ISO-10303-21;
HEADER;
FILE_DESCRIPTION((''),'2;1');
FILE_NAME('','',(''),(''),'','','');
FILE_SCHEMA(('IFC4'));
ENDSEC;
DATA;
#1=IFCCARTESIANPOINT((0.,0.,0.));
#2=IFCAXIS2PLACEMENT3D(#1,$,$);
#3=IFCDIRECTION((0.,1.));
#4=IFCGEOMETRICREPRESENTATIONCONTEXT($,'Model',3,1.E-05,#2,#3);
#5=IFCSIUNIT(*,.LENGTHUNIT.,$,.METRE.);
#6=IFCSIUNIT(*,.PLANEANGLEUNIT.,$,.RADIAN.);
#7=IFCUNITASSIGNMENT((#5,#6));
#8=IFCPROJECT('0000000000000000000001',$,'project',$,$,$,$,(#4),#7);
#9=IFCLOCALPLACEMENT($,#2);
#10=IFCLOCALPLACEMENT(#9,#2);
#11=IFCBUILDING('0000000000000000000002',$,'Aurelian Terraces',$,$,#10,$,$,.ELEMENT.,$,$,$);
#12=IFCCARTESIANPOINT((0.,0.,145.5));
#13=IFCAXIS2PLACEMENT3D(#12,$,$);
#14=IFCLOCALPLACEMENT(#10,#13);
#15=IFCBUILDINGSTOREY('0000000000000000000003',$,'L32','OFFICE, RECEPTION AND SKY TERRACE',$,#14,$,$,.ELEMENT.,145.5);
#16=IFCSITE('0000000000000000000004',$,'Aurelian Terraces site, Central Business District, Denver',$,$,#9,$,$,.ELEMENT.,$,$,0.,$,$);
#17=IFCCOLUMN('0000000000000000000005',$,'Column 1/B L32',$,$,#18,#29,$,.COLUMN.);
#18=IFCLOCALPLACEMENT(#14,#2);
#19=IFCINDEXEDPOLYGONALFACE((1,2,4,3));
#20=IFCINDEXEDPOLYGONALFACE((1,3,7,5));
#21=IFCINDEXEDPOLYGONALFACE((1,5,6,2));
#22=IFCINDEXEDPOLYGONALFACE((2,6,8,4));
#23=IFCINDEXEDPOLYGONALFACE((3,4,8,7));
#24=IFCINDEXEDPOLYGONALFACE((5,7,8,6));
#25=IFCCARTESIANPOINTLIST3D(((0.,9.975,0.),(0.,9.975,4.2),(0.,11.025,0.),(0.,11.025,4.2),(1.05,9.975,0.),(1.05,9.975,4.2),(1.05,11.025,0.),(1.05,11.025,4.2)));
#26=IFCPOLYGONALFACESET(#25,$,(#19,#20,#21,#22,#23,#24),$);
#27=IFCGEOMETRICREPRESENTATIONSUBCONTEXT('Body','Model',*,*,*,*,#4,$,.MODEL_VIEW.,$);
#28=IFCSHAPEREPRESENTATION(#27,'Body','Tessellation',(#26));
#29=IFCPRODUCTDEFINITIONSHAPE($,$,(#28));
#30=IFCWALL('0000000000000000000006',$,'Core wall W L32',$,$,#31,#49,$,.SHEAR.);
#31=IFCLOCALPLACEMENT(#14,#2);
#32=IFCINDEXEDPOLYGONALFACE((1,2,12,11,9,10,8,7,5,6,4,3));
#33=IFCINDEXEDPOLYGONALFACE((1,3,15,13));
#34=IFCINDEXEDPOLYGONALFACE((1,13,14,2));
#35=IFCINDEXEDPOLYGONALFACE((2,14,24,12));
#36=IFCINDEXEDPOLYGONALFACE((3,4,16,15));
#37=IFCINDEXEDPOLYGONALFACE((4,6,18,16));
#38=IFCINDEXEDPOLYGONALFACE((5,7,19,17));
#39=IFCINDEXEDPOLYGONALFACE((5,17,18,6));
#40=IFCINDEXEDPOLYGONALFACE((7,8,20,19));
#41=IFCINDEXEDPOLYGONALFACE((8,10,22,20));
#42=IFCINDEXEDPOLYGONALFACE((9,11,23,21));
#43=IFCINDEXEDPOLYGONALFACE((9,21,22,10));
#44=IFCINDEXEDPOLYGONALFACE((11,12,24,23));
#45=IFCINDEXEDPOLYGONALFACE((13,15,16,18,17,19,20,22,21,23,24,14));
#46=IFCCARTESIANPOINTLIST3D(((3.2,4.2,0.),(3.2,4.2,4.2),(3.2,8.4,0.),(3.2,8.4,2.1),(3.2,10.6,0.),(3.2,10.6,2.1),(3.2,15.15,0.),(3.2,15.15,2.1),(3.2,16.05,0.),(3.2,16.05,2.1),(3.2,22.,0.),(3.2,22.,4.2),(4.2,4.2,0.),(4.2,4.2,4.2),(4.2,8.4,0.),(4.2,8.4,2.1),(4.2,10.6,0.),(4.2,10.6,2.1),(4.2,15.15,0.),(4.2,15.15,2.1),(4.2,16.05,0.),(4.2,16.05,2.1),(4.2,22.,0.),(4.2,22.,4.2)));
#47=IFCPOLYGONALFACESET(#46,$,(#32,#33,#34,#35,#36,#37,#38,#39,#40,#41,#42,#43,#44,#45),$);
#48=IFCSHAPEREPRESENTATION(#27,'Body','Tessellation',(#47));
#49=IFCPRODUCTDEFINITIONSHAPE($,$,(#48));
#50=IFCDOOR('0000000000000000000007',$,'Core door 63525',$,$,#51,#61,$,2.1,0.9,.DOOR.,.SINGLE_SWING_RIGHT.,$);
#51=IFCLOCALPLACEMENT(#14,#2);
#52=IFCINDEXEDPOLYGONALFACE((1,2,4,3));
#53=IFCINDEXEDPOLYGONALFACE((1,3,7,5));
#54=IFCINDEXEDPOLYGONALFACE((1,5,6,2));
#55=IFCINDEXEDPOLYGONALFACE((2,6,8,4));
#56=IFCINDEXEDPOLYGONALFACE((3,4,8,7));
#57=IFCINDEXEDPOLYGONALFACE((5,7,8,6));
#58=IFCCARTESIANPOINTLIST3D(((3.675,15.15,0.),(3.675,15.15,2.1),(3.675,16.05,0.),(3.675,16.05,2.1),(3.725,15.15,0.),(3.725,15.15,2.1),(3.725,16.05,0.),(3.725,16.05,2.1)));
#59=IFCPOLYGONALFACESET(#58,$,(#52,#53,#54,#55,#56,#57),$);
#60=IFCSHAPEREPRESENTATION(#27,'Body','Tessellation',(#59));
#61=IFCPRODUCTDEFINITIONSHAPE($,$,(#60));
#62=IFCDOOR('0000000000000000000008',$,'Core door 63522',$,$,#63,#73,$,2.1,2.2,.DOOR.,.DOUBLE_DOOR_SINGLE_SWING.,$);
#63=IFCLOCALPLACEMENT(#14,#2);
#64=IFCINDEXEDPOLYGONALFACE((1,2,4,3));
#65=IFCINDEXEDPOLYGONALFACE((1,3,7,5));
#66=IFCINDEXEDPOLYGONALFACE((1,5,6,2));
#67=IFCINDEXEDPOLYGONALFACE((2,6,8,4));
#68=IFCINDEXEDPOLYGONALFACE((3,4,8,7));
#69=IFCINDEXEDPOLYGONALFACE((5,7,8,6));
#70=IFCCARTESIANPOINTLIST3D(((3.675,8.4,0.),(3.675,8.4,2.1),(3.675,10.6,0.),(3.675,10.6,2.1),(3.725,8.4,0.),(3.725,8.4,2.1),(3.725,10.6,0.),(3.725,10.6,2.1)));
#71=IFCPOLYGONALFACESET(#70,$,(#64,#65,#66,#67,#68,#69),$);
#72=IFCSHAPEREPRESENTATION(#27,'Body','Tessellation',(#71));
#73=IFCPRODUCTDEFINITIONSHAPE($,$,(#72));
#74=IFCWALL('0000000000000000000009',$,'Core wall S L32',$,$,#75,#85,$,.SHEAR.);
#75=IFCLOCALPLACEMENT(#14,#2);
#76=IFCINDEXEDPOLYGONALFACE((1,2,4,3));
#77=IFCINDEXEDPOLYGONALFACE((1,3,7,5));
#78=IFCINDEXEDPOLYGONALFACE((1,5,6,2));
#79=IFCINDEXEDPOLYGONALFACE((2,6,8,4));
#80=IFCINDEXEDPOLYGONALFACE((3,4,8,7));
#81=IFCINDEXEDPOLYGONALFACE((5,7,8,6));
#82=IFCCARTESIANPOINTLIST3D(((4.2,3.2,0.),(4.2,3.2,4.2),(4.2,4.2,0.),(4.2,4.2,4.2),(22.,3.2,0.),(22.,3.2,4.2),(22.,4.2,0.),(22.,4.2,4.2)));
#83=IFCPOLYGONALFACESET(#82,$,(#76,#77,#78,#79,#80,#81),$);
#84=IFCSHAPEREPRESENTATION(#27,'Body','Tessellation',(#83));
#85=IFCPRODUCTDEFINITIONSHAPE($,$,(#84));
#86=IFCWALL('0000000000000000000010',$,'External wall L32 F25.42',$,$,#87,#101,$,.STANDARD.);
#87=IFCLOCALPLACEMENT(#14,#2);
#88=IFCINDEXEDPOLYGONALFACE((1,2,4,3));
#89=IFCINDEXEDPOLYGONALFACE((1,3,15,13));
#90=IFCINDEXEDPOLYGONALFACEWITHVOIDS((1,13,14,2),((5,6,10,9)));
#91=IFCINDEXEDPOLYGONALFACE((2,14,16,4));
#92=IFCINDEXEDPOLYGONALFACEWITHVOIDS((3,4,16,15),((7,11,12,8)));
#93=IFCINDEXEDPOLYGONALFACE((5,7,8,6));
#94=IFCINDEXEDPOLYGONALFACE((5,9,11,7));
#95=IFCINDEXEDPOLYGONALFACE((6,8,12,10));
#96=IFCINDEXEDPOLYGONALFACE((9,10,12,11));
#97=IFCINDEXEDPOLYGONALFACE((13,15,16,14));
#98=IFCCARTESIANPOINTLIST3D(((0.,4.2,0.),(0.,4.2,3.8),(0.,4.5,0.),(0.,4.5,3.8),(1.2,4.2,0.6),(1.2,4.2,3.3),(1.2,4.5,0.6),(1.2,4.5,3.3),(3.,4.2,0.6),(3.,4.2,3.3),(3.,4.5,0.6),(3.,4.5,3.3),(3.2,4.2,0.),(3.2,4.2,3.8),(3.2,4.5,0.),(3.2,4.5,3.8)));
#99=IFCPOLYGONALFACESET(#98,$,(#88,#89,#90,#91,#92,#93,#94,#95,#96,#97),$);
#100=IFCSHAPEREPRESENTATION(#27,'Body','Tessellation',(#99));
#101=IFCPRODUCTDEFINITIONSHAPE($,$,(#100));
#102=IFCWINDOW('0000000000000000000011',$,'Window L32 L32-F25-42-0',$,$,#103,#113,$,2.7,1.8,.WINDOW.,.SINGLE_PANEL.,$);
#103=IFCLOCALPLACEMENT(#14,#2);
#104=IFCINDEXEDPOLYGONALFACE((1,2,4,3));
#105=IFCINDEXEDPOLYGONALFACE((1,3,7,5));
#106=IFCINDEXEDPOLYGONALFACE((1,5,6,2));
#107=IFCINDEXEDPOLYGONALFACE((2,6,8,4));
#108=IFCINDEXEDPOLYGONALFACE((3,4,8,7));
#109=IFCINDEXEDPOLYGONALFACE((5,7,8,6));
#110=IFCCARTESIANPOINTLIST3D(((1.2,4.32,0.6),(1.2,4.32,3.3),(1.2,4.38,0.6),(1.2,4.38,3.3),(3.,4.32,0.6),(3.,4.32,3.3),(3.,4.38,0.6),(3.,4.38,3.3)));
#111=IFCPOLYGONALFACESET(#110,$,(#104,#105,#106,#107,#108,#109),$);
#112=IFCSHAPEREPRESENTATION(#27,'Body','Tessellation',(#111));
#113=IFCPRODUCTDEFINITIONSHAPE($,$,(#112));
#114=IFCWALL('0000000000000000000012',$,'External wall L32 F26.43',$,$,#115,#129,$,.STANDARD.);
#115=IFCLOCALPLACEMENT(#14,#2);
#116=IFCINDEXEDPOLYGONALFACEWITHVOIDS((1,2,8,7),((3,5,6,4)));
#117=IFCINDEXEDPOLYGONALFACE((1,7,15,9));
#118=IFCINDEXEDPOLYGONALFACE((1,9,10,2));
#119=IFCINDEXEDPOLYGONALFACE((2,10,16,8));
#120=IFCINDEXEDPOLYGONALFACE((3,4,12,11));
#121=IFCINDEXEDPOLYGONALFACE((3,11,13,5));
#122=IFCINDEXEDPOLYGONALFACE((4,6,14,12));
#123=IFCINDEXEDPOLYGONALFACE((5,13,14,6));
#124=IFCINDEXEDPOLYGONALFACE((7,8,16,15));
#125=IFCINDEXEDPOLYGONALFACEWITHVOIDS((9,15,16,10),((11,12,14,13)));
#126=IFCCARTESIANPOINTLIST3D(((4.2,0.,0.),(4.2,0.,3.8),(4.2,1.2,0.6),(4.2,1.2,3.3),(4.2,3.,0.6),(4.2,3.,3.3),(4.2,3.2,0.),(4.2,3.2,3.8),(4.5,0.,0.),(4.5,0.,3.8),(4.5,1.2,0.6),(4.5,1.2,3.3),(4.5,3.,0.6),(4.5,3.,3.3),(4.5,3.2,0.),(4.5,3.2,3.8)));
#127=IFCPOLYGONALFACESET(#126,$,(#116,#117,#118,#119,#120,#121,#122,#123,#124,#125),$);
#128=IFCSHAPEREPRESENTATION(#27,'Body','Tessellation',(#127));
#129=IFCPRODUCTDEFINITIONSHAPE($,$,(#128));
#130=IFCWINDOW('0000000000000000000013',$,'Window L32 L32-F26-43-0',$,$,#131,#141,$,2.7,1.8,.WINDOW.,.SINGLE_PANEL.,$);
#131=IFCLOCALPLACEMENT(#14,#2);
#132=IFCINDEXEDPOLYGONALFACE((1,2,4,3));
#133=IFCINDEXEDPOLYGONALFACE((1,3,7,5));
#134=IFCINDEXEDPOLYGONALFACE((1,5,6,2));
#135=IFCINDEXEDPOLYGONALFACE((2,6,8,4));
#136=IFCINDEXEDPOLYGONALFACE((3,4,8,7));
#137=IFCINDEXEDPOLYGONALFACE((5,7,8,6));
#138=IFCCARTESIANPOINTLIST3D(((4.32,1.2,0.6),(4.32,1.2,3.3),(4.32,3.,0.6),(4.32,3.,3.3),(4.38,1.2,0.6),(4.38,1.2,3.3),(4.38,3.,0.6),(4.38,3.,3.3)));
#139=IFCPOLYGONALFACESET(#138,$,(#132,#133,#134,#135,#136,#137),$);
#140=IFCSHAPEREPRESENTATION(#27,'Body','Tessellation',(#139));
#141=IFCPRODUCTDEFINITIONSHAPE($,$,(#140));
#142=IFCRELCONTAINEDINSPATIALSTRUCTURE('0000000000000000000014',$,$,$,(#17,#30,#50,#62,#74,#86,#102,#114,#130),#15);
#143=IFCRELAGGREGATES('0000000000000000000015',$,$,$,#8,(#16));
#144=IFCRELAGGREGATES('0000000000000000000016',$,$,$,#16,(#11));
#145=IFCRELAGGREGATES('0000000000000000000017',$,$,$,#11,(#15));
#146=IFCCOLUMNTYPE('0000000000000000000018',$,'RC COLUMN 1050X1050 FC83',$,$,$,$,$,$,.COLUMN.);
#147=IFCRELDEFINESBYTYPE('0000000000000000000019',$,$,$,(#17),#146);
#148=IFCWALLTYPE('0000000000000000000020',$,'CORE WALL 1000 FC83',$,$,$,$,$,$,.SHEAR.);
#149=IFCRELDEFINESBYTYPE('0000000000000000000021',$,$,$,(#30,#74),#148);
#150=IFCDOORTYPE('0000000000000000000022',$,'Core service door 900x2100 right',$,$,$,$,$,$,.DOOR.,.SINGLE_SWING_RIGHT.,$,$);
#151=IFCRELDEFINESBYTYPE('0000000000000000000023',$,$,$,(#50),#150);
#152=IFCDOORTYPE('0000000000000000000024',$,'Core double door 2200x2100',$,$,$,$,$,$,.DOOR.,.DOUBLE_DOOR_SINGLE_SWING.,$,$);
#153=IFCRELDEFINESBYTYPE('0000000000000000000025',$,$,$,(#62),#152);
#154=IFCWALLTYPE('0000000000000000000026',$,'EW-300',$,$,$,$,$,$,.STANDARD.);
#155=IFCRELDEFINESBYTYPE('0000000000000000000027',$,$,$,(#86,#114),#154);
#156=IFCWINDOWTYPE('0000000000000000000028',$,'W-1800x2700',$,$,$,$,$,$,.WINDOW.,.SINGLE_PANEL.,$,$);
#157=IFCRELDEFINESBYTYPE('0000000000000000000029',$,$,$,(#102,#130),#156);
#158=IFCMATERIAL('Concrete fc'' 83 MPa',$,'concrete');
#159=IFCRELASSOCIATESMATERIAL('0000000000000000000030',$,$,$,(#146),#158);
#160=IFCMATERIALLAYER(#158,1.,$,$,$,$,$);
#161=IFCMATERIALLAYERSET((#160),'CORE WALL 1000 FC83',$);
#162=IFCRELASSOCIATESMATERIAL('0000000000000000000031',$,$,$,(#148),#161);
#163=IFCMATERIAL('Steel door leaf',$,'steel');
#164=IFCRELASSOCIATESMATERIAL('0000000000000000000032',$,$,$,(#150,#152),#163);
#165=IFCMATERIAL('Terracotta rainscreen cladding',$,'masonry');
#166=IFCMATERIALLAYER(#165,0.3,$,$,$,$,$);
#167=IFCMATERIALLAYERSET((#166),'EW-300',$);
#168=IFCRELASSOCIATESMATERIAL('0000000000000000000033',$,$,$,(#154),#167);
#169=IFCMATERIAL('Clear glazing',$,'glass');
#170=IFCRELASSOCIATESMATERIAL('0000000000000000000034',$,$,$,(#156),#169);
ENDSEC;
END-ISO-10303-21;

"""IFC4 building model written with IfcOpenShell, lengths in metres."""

from ifc_helpers import new_model, si_unit, direction, frame, frame_2d, origin, origin_2d, place, context, subcontext, project, spatial, rectangle, extrude, source, transform, mapped, material, layer, layer_set, material_profile, profile_set, type_object, element, fill, save


model = new_model("IFC4")

# Units and contexts
model_context = context("Model", 3, precision=1e-05, world=origin(), true_north=direction((0.0, 1.0)))
body_context = subcontext(model_context, "Body", "Model", "MODEL_VIEW")
ifc_project = project(units=[si_unit("LENGTHUNIT", "METRE"), si_unit("PLANEANGLEUNIT", "RADIAN")], contexts=[model_context])

# Site, building, storey
site_placement = place(None, origin())
site = spatial("IfcSite", under=ifc_project, at=site_placement, Name="Aurelian Terraces site, Central Business District, Denver", CompositionType="ELEMENT", RefElevation=0.0)
building_placement = place(site_placement, origin())
building = spatial("IfcBuilding", under=site, at=building_placement, Name="Aurelian Terraces", CompositionType="ELEMENT")
storey_placement = place(building_placement, frame((0.0, 0.0, 145.5)))
storey = spatial("IfcBuildingStorey", under=building, at=storey_placement, Name="L32", Description="OFFICE, RECEPTION AND SKY TERRACE", CompositionType="ELEMENT", Elevation=145.5)

# Column
ifc_material_1 = material(Name="Concrete fc' 83 MPa", Category="concrete")
ifc_material_profile = material_profile(ifc_material_1, rectangle(XDim=1.05, YDim=1.05, at=origin_2d()))
ifc_profile_set = profile_set([ifc_material_profile], Name="Concrete fc' 83 MPa")
column_type = type_object("IfcColumnType", Name="RC COLUMN 1050X1050 FC83", PredefinedType="COLUMN", material=ifc_profile_set)
shared_shape_1 = source(origin(), body_context, "Body", "SweptSolid", [
    extrude(rectangle(XDim=1.05, YDim=1.05, at=origin_2d()), origin(), (0.0, 0.0, 1.0), 4.2),
])
column_placement = place(storey_placement, frame((0.525, 10.5, 0.0), z_axis=(0.0, 0.0, 1.0), x_axis=(1.0, 0.0, 0.0)))
element("IfcColumn", 1, at=column_placement, inside=storey, type_object=column_type, Name="Column 1/B L32", PredefinedType="COLUMN", context=body_context, shape_type="MappedRepresentation", body=[
    mapped(shared_shape_1, transform((0.0, 0.0, 0.0), scale=1.0)),
])

# Wall, openings, doors
ifc_layer_1 = layer(ifc_material_1, 1.0)
ifc_layer_set_1 = layer_set([ifc_layer_1], Name="CORE WALL 1000 FC83")
wall_type_1 = type_object("IfcWallType", Name="CORE WALL 1000 FC83", PredefinedType="SHEAR", material=ifc_layer_set_1)
shared_shape_2 = source(origin(), body_context, "Body", "SweptSolid", [
    extrude(rectangle(XDim=17.8, YDim=1.0, at=frame_2d((8.9, 0.0))), origin(), (0.0, 0.0, 1.0), 4.2),
])
wall_1_placement = place(storey_placement, frame((3.7, 4.2, 0.0), z_axis=(0.0, 0.0, 1.0), x_axis=(0.0, 1.0, 0.0)))
wall_1 = element("IfcWall", 2, at=wall_1_placement, inside=storey, type_object=wall_type_1, Name="Core wall W L32", PredefinedType="SHEAR", context=body_context, shape_type="MappedRepresentation", body=[
    mapped(shared_shape_2, transform((0.0, 0.0, 0.0), scale=1.0)),
])
shared_shape_3 = source(origin(), body_context, "Body", "SweptSolid", [
    extrude(rectangle(XDim=2.2, YDim=2.1, at=frame_2d((1.1, 1.05))), frame((0.0, 0.51, 0.0), z_axis=(0.0, -1.0, 0.0), x_axis=(1.0, 0.0, 0.0)), (0.0, 0.0, 1.0), 1.02),
])
opening_1_placement = place(wall_1_placement, frame((4.2, 0.0, 0.0)))
opening_1 = element("IfcOpeningElement", 3, at=opening_1_placement, cuts=wall_1, PredefinedType="OPENING", context=body_context, shape_type="MappedRepresentation", body=[
    mapped(shared_shape_3, transform((0.0, 0.0, 0.0), scale=1.0)),
])
shared_shape_4 = source(origin(), body_context, "Body", "SweptSolid", [
    extrude(rectangle(XDim=0.9, YDim=2.1, at=frame_2d((0.45, 1.05))), frame((0.0, 0.51, 0.0), z_axis=(0.0, -1.0, 0.0), x_axis=(1.0, 0.0, 0.0)), (0.0, 0.0, 1.0), 1.02),
])
opening_2_placement = place(wall_1_placement, frame((10.95, 0.0, 0.0)))
opening_2 = element("IfcOpeningElement", 4, at=opening_2_placement, cuts=wall_1, PredefinedType="OPENING", context=body_context, shape_type="MappedRepresentation", body=[
    mapped(shared_shape_4, transform((0.0, 0.0, 0.0), scale=1.0)),
])
ifc_material_2 = material(Name="Steel door leaf", Category="steel")
door_type_1 = type_object("IfcDoorType", Name="Core service door 900x2100 right", OperationType="SINGLE_SWING_RIGHT", PredefinedType="DOOR", material=ifc_material_2)
shared_shape_5 = source(origin(), body_context, "Body", "SweptSolid", [
    extrude(rectangle(XDim=0.9, YDim=2.1, at=frame_2d((0.45, 1.05))), frame((0.0, 0.025, 0.0), z_axis=(0.0, -1.0, 0.0), x_axis=(1.0, 0.0, 0.0)), (0.0, 0.0, 1.0), 0.05),
])
door_1_placement = place(opening_2_placement, origin())
door_1 = element("IfcDoor", 5, at=door_1_placement, inside=storey, type_object=door_type_1, Name="Core door 63525", OperationType="SINGLE_SWING_RIGHT", OverallHeight=2.1, OverallWidth=0.9, PredefinedType="DOOR", context=body_context, shape_type="MappedRepresentation", body=[
    mapped(shared_shape_5, transform((0.0, 0.0, 0.0), scale=1.0)),
])
fill(opening_2, door_1)
door_type_2 = type_object("IfcDoorType", Name="Core double door 2200x2100", OperationType="DOUBLE_DOOR_SINGLE_SWING", PredefinedType="DOOR", material=ifc_material_2)
shared_shape_6 = source(origin(), body_context, "Body", "SweptSolid", [
    extrude(rectangle(XDim=2.2, YDim=2.1, at=frame_2d((1.1, 1.05))), frame((0.0, 0.025, 0.0), z_axis=(0.0, -1.0, 0.0), x_axis=(1.0, 0.0, 0.0)), (0.0, 0.0, 1.0), 0.05),
])
door_2_placement = place(opening_1_placement, origin())
door_2 = element("IfcDoor", 6, at=door_2_placement, inside=storey, type_object=door_type_2, Name="Core door 63522", OperationType="DOUBLE_DOOR_SINGLE_SWING", OverallHeight=2.1, OverallWidth=2.2, PredefinedType="DOOR", context=body_context, shape_type="MappedRepresentation", body=[
    mapped(shared_shape_6, transform((0.0, 0.0, 0.0), scale=1.0)),
])
fill(opening_1, door_2)

# Wall
wall_2_placement = place(storey_placement, frame((4.2, 3.7, 0.0), z_axis=(0.0, 0.0, 1.0), x_axis=(1.0, 0.0, 0.0)))
element("IfcWall", 7, at=wall_2_placement, inside=storey, type_object=wall_type_1, Name="Core wall S L32", PredefinedType="SHEAR", context=body_context, shape_type="MappedRepresentation", body=[
    mapped(shared_shape_2, transform((0.0, 0.0, 0.0), scale=1.0)),
])

# Walls, openings, windows
ifc_material_3 = material(Name="Terracotta rainscreen cladding", Category="masonry")
ifc_layer_2 = layer(ifc_material_3, 0.3)
ifc_layer_set_2 = layer_set([ifc_layer_2], Name="EW-300")
wall_type_2 = type_object("IfcWallType", Name="EW-300", PredefinedType="STANDARD", material=ifc_layer_set_2)
shared_shape_7 = source(origin(), body_context, "Body", "SweptSolid", [
    extrude(rectangle(XDim=3.2, YDim=0.3, at=frame_2d((1.6, 0.0))), origin(), (0.0, 0.0, 1.0), 3.8),
])
wall_3_placement = place(storey_placement, frame((0.0, 4.35, 0.0), z_axis=(0.0, 0.0, 1.0), x_axis=(1.0, 0.0, 0.0)))
wall_3 = element("IfcWall", 8, at=wall_3_placement, inside=storey, type_object=wall_type_2, Name="External wall L32 F25.42", PredefinedType="STANDARD", context=body_context, shape_type="MappedRepresentation", body=[
    mapped(shared_shape_7, transform((0.0, 0.0, 0.0), scale=1.0)),
])
shared_shape_8 = source(origin(), body_context, "Body", "SweptSolid", [
    extrude(rectangle(XDim=1.8, YDim=2.7, at=frame_2d((0.9, 1.35))), frame((0.0, 0.16, 0.0), z_axis=(0.0, -1.0, 0.0), x_axis=(1.0, 0.0, 0.0)), (0.0, 0.0, 1.0), 0.32),
])
opening_3_placement = place(wall_3_placement, frame((1.2, 0.0, 0.6)))
opening_3 = element("IfcOpeningElement", 9, at=opening_3_placement, cuts=wall_3, PredefinedType="OPENING", context=body_context, shape_type="MappedRepresentation", body=[
    mapped(shared_shape_8, transform((0.0, 0.0, 0.0), scale=1.0)),
])
ifc_material_4 = material(Name="Clear glazing", Category="glass")
window_type_1 = type_object("IfcWindowType", Name="W-1800x2700", PartitioningType="SINGLE_PANEL", PredefinedType="WINDOW", material=ifc_material_4)
shared_shape_9 = source(origin(), body_context, "Body", "SweptSolid", [
    extrude(rectangle(XDim=1.8, YDim=2.7, at=frame_2d((0.9, 1.35))), frame((0.0, 0.03, 0.0), z_axis=(0.0, -1.0, 0.0), x_axis=(1.0, 0.0, 0.0)), (0.0, 0.0, 1.0), 0.06),
])
window_1_placement = place(opening_3_placement, origin())
window_1 = element("IfcWindow", 10, at=window_1_placement, inside=storey, type_object=window_type_1, Name="Window L32 L32-F25-42-0", OverallHeight=2.7, OverallWidth=1.8, PartitioningType="SINGLE_PANEL", PredefinedType="WINDOW", context=body_context, shape_type="MappedRepresentation", body=[
    mapped(shared_shape_9, transform((0.0, 0.0, 0.0), scale=1.0)),
])
fill(opening_3, window_1)
wall_4_placement = place(storey_placement, frame((4.35, 3.2, 0.0), z_axis=(0.0, 0.0, 1.0), x_axis=(0.0, -1.0, 0.0)))
wall_4 = element("IfcWall", 11, at=wall_4_placement, inside=storey, type_object=wall_type_2, Name="External wall L32 F26.43", PredefinedType="STANDARD", context=body_context, shape_type="MappedRepresentation", body=[
    mapped(shared_shape_7, transform((0.0, 0.0, 0.0), scale=1.0)),
])
opening_4_placement = place(wall_4_placement, frame((0.2, 0.0, 0.6)))
opening_4 = element("IfcOpeningElement", 12, at=opening_4_placement, cuts=wall_4, PredefinedType="OPENING", context=body_context, shape_type="MappedRepresentation", body=[
    mapped(shared_shape_8, transform((0.0, 0.0, 0.0), scale=1.0)),
])
window_2_placement = place(opening_4_placement, origin())
window_2 = element("IfcWindow", 13, at=window_2_placement, inside=storey, type_object=window_type_1, Name="Window L32 L32-F26-43-0", OverallHeight=2.7, OverallWidth=1.8, PartitioningType="SINGLE_PANEL", PredefinedType="WINDOW", context=body_context, shape_type="MappedRepresentation", body=[
    mapped(shared_shape_9, transform((0.0, 0.0, 0.0), scale=1.0)),
])
fill(opening_4, window_2)

save(model, "model.ifc")
